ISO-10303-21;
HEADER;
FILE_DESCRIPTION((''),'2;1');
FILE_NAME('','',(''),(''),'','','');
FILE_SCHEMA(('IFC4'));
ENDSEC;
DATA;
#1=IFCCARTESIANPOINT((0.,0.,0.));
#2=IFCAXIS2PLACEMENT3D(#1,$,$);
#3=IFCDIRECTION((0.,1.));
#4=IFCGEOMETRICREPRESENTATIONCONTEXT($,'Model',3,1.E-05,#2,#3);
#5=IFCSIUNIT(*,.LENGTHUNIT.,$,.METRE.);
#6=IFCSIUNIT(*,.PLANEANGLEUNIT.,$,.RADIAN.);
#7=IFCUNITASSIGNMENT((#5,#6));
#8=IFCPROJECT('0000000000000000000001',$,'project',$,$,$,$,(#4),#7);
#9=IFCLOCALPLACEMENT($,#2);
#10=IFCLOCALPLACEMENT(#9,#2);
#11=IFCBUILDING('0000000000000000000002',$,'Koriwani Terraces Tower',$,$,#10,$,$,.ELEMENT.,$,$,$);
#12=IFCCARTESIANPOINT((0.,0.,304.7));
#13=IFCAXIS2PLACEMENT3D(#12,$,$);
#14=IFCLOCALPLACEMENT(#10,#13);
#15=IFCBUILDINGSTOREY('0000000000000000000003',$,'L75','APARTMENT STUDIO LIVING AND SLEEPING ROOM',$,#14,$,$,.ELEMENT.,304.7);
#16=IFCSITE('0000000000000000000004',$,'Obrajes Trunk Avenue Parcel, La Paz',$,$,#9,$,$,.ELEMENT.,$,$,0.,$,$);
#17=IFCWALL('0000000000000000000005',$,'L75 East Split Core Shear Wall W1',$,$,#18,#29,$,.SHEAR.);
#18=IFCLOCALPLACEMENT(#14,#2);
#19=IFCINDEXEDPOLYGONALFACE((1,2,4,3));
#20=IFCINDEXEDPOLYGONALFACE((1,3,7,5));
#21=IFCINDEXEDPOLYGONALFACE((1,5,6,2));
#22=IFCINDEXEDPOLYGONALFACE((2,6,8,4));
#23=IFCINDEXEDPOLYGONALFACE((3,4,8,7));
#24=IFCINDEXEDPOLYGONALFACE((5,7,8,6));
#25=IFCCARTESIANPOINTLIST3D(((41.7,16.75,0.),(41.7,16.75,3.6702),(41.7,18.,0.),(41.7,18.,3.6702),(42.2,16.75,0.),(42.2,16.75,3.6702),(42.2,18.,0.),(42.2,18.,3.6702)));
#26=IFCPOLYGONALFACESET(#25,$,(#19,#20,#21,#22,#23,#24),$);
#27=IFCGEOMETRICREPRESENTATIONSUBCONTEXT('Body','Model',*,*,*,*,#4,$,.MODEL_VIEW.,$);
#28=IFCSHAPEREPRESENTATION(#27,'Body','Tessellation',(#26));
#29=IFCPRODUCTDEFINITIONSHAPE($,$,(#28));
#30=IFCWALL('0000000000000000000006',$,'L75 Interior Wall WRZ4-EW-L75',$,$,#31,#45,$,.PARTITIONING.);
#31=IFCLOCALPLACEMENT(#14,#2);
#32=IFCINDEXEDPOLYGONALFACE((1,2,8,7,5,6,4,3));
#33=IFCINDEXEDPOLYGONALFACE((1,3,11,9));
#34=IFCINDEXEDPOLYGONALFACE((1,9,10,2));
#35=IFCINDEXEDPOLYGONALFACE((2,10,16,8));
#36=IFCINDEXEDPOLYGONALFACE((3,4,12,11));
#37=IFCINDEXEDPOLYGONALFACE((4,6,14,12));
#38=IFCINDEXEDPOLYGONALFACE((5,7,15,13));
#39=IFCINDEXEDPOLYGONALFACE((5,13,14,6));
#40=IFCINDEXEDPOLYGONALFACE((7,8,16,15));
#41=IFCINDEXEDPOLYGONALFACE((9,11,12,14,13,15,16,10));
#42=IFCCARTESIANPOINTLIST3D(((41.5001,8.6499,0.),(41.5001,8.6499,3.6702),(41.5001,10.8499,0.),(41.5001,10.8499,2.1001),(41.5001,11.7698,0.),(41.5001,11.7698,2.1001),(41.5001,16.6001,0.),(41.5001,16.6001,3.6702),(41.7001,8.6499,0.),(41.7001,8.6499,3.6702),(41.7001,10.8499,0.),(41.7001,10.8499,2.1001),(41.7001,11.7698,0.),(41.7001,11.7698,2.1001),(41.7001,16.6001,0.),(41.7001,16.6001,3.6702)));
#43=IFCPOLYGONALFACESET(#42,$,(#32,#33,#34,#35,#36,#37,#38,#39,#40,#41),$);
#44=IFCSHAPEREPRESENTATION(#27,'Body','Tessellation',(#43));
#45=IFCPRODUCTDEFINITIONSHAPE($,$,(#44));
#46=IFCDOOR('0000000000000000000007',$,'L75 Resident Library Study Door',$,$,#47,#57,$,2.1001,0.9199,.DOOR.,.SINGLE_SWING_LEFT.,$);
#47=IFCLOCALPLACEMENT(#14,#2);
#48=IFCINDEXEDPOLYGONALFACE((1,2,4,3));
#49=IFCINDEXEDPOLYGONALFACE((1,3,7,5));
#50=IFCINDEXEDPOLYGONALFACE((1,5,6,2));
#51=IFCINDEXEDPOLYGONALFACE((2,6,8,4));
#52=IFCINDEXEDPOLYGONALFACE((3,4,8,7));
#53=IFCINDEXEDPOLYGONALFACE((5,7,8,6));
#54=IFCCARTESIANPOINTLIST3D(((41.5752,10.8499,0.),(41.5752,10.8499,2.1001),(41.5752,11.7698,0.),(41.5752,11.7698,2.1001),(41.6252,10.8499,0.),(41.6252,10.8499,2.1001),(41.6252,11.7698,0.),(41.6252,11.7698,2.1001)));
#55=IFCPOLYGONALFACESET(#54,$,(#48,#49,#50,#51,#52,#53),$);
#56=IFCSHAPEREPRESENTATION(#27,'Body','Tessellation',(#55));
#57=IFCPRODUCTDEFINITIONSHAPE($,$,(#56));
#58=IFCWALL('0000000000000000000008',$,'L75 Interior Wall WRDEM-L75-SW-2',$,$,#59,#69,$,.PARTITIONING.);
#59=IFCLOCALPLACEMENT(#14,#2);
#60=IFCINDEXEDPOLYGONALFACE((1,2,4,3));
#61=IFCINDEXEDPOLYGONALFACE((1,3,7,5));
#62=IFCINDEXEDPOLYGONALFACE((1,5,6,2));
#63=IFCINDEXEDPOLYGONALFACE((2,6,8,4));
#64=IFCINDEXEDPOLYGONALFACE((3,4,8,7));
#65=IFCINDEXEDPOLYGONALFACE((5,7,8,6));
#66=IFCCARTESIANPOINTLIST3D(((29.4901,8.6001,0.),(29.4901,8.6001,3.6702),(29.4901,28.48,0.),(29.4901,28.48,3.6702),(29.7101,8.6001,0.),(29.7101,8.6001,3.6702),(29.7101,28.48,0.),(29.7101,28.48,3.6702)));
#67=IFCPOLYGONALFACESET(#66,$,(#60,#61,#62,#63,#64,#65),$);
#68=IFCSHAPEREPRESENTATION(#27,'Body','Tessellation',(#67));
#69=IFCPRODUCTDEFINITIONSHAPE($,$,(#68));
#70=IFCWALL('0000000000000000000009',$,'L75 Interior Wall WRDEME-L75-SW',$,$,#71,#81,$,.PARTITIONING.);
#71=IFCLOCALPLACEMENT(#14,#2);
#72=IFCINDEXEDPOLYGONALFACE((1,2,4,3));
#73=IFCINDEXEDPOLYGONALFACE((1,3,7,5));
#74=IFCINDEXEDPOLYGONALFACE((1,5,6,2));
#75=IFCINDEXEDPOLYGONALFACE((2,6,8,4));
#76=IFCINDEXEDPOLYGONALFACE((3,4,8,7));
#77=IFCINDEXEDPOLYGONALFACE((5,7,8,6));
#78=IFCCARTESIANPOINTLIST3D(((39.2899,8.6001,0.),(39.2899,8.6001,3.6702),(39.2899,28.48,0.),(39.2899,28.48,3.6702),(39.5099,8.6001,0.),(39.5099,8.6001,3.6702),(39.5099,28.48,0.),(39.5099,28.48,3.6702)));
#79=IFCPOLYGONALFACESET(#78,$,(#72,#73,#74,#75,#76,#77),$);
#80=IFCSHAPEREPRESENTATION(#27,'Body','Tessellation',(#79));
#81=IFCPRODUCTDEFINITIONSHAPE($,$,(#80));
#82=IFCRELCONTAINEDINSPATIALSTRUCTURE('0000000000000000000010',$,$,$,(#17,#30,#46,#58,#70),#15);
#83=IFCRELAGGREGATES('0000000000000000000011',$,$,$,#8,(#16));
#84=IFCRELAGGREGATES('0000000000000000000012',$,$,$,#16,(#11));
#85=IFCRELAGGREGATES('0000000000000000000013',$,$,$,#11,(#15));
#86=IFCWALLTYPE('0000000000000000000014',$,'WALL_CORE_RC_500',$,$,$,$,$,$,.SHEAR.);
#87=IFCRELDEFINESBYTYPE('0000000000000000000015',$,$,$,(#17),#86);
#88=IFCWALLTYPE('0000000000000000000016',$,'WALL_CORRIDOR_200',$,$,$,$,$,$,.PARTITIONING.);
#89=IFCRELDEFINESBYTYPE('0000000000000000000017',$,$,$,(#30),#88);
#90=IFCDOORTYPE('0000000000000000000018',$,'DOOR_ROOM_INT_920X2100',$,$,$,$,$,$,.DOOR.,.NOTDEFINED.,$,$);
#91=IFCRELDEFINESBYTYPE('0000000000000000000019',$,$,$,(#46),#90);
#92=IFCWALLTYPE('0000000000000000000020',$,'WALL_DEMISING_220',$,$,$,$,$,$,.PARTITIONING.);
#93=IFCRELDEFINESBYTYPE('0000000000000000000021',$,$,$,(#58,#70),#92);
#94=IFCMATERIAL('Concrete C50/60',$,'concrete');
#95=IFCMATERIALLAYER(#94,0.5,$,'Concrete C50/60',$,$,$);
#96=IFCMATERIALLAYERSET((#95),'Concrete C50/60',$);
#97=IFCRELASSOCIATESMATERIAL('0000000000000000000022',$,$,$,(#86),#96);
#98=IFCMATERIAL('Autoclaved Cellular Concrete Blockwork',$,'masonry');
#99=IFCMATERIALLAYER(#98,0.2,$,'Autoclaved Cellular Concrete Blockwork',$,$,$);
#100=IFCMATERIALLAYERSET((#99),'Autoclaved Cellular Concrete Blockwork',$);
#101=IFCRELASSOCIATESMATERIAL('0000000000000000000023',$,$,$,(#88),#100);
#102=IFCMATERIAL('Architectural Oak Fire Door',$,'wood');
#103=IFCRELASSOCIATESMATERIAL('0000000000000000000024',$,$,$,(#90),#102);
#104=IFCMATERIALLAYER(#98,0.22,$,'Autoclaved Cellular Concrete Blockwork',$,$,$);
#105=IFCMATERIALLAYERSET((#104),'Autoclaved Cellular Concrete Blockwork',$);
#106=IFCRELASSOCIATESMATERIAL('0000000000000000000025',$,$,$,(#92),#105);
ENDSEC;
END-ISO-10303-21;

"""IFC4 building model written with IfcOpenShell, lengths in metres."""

from ifc_helpers import new_model, si_unit, direction, frame, frame_2d, origin, place, context, subcontext, project, spatial, rectangle, extrude, material, layer, layer_set, type_object, element, fill, save


model = new_model("IFC4")

# Units and contexts
model_context = context("Model", 3, precision=1e-05, world=origin(), true_north=direction((0.0, 1.0)))
body_context = subcontext(model_context, "Body", "Model", "MODEL_VIEW")
ifc_project = project(units=[si_unit("LENGTHUNIT", "METRE"), si_unit("PLANEANGLEUNIT", "RADIAN")], contexts=[model_context])

# Site, building, storey
site_placement = place(None, origin())
site = spatial("IfcSite", under=ifc_project, at=site_placement, Name="Obrajes Trunk Avenue Parcel, La Paz", CompositionType="ELEMENT", RefElevation=0.0)
building_placement = place(site_placement, origin())
building = spatial("IfcBuilding", under=site, at=building_placement, Name="Koriwani Terraces Tower", CompositionType="ELEMENT")
storey_placement = place(building_placement, frame((0.0, 0.0, 304.7)))
storey = spatial("IfcBuildingStorey", under=building, at=storey_placement, Name="L75", Description="APARTMENT STUDIO LIVING AND SLEEPING ROOM", CompositionType="ELEMENT", Elevation=304.7)

# Shared definitions
ifc_material_1 = material(Name="Concrete C50/60", Category="concrete")

# Wall
ifc_layer_1 = layer(ifc_material_1, 0.5, Name="Concrete C50/60")
ifc_layer_set_1 = layer_set([ifc_layer_1], Name="Concrete C50/60")
wall_type_1 = type_object("IfcWallType", Name="WALL_CORE_RC_500", PredefinedType="SHEAR", material=ifc_layer_set_1)
wall_1_placement = place(storey_placement, frame((41.95, 16.75, 0.0), z_axis=(0.0, 0.0, 1.0), x_axis=(0.0, 1.0, 0.0)))
element("IfcWall", 1, at=wall_1_placement, inside=storey, type_object=wall_type_1, Name="L75 East Split Core Shear Wall W1", PredefinedType="SHEAR", context=body_context, shape_type="SweptSolid", body=[
    extrude(rectangle(XDim=1.25, YDim=0.5, at=frame_2d((0.625, 0.0))), origin(), (0.0, 0.0, 1.0), 3.6702),
])

# Wall, opening, door
ifc_material_2 = material(Name="Autoclaved Cellular Concrete Blockwork", Category="masonry")
ifc_layer_2 = layer(ifc_material_2, 0.2, Name="Autoclaved Cellular Concrete Blockwork")
ifc_layer_set_2 = layer_set([ifc_layer_2], Name="Autoclaved Cellular Concrete Blockwork")
wall_type_2 = type_object("IfcWallType", Name="WALL_CORRIDOR_200", PredefinedType="PARTITIONING", material=ifc_layer_set_2)
wall_2_placement = place(storey_placement, frame((41.6001, 8.6499, 0.0), z_axis=(0.0, 0.0, 1.0), x_axis=(0.0, 1.0, 0.0)))
wall_2 = element("IfcWall", 2, at=wall_2_placement, inside=storey, type_object=wall_type_2, Name="L75 Interior Wall WRZ4-EW-L75", PredefinedType="PARTITIONING", context=body_context, shape_type="SweptSolid", body=[
    extrude(rectangle(XDim=7.9502, YDim=0.2, at=frame_2d((3.9751, 0.0))), origin(), (0.0, 0.0, 1.0), 3.6702),
])
opening_placement = place(wall_2_placement, frame((2.2, 0.0, 0.0)))
opening = element("IfcOpeningElement", 3, at=opening_placement, cuts=wall_2, PredefinedType="OPENING", context=body_context, shape_type="SweptSolid", body=[
    extrude(rectangle(XDim=0.9199, YDim=2.1001, at=frame_2d((0.46, 1.05))), frame((0.0, 0.1099, 0.0), z_axis=(0.0, -1.0, 0.0), x_axis=(1.0, 0.0, 0.0)), (0.0, 0.0, 1.0), 0.22),
])
ifc_material_3 = material(Name="Architectural Oak Fire Door", Category="wood")
door_type = type_object("IfcDoorType", Name="DOOR_ROOM_INT_920X2100", OperationType="NOTDEFINED", PredefinedType="DOOR", material=ifc_material_3)
door_placement = place(opening_placement, origin())
door = element("IfcDoor", 4, at=door_placement, inside=storey, type_object=door_type, Name="L75 Resident Library Study Door", OperationType="SINGLE_SWING_LEFT", OverallHeight=2.1001, OverallWidth=0.9199, PredefinedType="DOOR", context=body_context, shape_type="SweptSolid", body=[
    extrude(rectangle(XDim=0.9199, YDim=2.1001, at=frame_2d((0.46, 1.05))), frame((0.0, 0.0249, 0.0), z_axis=(0.0, -1.0, 0.0), x_axis=(1.0, 0.0, 0.0)), (0.0, 0.0, 1.0), 0.05),
])
fill(opening, door)

# Walls
ifc_layer_3 = layer(ifc_material_2, 0.22, Name="Autoclaved Cellular Concrete Blockwork")
ifc_layer_set_3 = layer_set([ifc_layer_3], Name="Autoclaved Cellular Concrete Blockwork")
wall_type_3 = type_object("IfcWallType", Name="WALL_DEMISING_220", PredefinedType="PARTITIONING", material=ifc_layer_set_3)
for number, where, z_axis, x_axis, name in (
    (5, (29.6001, 8.6001, 0.0), (0.0, 0.0, 1.0), (0.0, 1.0, 0.0), "L75 Interior Wall WRDEM-L75-SW-2"),
    (6, (39.3999, 8.6001, 0.0), (0.0, 0.0, 1.0), (0.0, 1.0, 0.0), "L75 Interior Wall WRDEME-L75-SW"),
):
    element("IfcWall", number, at=place(storey_placement, frame(where, z_axis=z_axis, x_axis=x_axis)), inside=storey, type_object=wall_type_3, Name=name, PredefinedType="PARTITIONING", context=body_context, shape_type="SweptSolid", body=[
        extrude(rectangle(XDim=19.8799, YDim=0.22, at=frame_2d((9.9399, 0.0))), origin(), (0.0, 0.0, 1.0), 3.6702),
    ])

save(model, "model.ifc")
